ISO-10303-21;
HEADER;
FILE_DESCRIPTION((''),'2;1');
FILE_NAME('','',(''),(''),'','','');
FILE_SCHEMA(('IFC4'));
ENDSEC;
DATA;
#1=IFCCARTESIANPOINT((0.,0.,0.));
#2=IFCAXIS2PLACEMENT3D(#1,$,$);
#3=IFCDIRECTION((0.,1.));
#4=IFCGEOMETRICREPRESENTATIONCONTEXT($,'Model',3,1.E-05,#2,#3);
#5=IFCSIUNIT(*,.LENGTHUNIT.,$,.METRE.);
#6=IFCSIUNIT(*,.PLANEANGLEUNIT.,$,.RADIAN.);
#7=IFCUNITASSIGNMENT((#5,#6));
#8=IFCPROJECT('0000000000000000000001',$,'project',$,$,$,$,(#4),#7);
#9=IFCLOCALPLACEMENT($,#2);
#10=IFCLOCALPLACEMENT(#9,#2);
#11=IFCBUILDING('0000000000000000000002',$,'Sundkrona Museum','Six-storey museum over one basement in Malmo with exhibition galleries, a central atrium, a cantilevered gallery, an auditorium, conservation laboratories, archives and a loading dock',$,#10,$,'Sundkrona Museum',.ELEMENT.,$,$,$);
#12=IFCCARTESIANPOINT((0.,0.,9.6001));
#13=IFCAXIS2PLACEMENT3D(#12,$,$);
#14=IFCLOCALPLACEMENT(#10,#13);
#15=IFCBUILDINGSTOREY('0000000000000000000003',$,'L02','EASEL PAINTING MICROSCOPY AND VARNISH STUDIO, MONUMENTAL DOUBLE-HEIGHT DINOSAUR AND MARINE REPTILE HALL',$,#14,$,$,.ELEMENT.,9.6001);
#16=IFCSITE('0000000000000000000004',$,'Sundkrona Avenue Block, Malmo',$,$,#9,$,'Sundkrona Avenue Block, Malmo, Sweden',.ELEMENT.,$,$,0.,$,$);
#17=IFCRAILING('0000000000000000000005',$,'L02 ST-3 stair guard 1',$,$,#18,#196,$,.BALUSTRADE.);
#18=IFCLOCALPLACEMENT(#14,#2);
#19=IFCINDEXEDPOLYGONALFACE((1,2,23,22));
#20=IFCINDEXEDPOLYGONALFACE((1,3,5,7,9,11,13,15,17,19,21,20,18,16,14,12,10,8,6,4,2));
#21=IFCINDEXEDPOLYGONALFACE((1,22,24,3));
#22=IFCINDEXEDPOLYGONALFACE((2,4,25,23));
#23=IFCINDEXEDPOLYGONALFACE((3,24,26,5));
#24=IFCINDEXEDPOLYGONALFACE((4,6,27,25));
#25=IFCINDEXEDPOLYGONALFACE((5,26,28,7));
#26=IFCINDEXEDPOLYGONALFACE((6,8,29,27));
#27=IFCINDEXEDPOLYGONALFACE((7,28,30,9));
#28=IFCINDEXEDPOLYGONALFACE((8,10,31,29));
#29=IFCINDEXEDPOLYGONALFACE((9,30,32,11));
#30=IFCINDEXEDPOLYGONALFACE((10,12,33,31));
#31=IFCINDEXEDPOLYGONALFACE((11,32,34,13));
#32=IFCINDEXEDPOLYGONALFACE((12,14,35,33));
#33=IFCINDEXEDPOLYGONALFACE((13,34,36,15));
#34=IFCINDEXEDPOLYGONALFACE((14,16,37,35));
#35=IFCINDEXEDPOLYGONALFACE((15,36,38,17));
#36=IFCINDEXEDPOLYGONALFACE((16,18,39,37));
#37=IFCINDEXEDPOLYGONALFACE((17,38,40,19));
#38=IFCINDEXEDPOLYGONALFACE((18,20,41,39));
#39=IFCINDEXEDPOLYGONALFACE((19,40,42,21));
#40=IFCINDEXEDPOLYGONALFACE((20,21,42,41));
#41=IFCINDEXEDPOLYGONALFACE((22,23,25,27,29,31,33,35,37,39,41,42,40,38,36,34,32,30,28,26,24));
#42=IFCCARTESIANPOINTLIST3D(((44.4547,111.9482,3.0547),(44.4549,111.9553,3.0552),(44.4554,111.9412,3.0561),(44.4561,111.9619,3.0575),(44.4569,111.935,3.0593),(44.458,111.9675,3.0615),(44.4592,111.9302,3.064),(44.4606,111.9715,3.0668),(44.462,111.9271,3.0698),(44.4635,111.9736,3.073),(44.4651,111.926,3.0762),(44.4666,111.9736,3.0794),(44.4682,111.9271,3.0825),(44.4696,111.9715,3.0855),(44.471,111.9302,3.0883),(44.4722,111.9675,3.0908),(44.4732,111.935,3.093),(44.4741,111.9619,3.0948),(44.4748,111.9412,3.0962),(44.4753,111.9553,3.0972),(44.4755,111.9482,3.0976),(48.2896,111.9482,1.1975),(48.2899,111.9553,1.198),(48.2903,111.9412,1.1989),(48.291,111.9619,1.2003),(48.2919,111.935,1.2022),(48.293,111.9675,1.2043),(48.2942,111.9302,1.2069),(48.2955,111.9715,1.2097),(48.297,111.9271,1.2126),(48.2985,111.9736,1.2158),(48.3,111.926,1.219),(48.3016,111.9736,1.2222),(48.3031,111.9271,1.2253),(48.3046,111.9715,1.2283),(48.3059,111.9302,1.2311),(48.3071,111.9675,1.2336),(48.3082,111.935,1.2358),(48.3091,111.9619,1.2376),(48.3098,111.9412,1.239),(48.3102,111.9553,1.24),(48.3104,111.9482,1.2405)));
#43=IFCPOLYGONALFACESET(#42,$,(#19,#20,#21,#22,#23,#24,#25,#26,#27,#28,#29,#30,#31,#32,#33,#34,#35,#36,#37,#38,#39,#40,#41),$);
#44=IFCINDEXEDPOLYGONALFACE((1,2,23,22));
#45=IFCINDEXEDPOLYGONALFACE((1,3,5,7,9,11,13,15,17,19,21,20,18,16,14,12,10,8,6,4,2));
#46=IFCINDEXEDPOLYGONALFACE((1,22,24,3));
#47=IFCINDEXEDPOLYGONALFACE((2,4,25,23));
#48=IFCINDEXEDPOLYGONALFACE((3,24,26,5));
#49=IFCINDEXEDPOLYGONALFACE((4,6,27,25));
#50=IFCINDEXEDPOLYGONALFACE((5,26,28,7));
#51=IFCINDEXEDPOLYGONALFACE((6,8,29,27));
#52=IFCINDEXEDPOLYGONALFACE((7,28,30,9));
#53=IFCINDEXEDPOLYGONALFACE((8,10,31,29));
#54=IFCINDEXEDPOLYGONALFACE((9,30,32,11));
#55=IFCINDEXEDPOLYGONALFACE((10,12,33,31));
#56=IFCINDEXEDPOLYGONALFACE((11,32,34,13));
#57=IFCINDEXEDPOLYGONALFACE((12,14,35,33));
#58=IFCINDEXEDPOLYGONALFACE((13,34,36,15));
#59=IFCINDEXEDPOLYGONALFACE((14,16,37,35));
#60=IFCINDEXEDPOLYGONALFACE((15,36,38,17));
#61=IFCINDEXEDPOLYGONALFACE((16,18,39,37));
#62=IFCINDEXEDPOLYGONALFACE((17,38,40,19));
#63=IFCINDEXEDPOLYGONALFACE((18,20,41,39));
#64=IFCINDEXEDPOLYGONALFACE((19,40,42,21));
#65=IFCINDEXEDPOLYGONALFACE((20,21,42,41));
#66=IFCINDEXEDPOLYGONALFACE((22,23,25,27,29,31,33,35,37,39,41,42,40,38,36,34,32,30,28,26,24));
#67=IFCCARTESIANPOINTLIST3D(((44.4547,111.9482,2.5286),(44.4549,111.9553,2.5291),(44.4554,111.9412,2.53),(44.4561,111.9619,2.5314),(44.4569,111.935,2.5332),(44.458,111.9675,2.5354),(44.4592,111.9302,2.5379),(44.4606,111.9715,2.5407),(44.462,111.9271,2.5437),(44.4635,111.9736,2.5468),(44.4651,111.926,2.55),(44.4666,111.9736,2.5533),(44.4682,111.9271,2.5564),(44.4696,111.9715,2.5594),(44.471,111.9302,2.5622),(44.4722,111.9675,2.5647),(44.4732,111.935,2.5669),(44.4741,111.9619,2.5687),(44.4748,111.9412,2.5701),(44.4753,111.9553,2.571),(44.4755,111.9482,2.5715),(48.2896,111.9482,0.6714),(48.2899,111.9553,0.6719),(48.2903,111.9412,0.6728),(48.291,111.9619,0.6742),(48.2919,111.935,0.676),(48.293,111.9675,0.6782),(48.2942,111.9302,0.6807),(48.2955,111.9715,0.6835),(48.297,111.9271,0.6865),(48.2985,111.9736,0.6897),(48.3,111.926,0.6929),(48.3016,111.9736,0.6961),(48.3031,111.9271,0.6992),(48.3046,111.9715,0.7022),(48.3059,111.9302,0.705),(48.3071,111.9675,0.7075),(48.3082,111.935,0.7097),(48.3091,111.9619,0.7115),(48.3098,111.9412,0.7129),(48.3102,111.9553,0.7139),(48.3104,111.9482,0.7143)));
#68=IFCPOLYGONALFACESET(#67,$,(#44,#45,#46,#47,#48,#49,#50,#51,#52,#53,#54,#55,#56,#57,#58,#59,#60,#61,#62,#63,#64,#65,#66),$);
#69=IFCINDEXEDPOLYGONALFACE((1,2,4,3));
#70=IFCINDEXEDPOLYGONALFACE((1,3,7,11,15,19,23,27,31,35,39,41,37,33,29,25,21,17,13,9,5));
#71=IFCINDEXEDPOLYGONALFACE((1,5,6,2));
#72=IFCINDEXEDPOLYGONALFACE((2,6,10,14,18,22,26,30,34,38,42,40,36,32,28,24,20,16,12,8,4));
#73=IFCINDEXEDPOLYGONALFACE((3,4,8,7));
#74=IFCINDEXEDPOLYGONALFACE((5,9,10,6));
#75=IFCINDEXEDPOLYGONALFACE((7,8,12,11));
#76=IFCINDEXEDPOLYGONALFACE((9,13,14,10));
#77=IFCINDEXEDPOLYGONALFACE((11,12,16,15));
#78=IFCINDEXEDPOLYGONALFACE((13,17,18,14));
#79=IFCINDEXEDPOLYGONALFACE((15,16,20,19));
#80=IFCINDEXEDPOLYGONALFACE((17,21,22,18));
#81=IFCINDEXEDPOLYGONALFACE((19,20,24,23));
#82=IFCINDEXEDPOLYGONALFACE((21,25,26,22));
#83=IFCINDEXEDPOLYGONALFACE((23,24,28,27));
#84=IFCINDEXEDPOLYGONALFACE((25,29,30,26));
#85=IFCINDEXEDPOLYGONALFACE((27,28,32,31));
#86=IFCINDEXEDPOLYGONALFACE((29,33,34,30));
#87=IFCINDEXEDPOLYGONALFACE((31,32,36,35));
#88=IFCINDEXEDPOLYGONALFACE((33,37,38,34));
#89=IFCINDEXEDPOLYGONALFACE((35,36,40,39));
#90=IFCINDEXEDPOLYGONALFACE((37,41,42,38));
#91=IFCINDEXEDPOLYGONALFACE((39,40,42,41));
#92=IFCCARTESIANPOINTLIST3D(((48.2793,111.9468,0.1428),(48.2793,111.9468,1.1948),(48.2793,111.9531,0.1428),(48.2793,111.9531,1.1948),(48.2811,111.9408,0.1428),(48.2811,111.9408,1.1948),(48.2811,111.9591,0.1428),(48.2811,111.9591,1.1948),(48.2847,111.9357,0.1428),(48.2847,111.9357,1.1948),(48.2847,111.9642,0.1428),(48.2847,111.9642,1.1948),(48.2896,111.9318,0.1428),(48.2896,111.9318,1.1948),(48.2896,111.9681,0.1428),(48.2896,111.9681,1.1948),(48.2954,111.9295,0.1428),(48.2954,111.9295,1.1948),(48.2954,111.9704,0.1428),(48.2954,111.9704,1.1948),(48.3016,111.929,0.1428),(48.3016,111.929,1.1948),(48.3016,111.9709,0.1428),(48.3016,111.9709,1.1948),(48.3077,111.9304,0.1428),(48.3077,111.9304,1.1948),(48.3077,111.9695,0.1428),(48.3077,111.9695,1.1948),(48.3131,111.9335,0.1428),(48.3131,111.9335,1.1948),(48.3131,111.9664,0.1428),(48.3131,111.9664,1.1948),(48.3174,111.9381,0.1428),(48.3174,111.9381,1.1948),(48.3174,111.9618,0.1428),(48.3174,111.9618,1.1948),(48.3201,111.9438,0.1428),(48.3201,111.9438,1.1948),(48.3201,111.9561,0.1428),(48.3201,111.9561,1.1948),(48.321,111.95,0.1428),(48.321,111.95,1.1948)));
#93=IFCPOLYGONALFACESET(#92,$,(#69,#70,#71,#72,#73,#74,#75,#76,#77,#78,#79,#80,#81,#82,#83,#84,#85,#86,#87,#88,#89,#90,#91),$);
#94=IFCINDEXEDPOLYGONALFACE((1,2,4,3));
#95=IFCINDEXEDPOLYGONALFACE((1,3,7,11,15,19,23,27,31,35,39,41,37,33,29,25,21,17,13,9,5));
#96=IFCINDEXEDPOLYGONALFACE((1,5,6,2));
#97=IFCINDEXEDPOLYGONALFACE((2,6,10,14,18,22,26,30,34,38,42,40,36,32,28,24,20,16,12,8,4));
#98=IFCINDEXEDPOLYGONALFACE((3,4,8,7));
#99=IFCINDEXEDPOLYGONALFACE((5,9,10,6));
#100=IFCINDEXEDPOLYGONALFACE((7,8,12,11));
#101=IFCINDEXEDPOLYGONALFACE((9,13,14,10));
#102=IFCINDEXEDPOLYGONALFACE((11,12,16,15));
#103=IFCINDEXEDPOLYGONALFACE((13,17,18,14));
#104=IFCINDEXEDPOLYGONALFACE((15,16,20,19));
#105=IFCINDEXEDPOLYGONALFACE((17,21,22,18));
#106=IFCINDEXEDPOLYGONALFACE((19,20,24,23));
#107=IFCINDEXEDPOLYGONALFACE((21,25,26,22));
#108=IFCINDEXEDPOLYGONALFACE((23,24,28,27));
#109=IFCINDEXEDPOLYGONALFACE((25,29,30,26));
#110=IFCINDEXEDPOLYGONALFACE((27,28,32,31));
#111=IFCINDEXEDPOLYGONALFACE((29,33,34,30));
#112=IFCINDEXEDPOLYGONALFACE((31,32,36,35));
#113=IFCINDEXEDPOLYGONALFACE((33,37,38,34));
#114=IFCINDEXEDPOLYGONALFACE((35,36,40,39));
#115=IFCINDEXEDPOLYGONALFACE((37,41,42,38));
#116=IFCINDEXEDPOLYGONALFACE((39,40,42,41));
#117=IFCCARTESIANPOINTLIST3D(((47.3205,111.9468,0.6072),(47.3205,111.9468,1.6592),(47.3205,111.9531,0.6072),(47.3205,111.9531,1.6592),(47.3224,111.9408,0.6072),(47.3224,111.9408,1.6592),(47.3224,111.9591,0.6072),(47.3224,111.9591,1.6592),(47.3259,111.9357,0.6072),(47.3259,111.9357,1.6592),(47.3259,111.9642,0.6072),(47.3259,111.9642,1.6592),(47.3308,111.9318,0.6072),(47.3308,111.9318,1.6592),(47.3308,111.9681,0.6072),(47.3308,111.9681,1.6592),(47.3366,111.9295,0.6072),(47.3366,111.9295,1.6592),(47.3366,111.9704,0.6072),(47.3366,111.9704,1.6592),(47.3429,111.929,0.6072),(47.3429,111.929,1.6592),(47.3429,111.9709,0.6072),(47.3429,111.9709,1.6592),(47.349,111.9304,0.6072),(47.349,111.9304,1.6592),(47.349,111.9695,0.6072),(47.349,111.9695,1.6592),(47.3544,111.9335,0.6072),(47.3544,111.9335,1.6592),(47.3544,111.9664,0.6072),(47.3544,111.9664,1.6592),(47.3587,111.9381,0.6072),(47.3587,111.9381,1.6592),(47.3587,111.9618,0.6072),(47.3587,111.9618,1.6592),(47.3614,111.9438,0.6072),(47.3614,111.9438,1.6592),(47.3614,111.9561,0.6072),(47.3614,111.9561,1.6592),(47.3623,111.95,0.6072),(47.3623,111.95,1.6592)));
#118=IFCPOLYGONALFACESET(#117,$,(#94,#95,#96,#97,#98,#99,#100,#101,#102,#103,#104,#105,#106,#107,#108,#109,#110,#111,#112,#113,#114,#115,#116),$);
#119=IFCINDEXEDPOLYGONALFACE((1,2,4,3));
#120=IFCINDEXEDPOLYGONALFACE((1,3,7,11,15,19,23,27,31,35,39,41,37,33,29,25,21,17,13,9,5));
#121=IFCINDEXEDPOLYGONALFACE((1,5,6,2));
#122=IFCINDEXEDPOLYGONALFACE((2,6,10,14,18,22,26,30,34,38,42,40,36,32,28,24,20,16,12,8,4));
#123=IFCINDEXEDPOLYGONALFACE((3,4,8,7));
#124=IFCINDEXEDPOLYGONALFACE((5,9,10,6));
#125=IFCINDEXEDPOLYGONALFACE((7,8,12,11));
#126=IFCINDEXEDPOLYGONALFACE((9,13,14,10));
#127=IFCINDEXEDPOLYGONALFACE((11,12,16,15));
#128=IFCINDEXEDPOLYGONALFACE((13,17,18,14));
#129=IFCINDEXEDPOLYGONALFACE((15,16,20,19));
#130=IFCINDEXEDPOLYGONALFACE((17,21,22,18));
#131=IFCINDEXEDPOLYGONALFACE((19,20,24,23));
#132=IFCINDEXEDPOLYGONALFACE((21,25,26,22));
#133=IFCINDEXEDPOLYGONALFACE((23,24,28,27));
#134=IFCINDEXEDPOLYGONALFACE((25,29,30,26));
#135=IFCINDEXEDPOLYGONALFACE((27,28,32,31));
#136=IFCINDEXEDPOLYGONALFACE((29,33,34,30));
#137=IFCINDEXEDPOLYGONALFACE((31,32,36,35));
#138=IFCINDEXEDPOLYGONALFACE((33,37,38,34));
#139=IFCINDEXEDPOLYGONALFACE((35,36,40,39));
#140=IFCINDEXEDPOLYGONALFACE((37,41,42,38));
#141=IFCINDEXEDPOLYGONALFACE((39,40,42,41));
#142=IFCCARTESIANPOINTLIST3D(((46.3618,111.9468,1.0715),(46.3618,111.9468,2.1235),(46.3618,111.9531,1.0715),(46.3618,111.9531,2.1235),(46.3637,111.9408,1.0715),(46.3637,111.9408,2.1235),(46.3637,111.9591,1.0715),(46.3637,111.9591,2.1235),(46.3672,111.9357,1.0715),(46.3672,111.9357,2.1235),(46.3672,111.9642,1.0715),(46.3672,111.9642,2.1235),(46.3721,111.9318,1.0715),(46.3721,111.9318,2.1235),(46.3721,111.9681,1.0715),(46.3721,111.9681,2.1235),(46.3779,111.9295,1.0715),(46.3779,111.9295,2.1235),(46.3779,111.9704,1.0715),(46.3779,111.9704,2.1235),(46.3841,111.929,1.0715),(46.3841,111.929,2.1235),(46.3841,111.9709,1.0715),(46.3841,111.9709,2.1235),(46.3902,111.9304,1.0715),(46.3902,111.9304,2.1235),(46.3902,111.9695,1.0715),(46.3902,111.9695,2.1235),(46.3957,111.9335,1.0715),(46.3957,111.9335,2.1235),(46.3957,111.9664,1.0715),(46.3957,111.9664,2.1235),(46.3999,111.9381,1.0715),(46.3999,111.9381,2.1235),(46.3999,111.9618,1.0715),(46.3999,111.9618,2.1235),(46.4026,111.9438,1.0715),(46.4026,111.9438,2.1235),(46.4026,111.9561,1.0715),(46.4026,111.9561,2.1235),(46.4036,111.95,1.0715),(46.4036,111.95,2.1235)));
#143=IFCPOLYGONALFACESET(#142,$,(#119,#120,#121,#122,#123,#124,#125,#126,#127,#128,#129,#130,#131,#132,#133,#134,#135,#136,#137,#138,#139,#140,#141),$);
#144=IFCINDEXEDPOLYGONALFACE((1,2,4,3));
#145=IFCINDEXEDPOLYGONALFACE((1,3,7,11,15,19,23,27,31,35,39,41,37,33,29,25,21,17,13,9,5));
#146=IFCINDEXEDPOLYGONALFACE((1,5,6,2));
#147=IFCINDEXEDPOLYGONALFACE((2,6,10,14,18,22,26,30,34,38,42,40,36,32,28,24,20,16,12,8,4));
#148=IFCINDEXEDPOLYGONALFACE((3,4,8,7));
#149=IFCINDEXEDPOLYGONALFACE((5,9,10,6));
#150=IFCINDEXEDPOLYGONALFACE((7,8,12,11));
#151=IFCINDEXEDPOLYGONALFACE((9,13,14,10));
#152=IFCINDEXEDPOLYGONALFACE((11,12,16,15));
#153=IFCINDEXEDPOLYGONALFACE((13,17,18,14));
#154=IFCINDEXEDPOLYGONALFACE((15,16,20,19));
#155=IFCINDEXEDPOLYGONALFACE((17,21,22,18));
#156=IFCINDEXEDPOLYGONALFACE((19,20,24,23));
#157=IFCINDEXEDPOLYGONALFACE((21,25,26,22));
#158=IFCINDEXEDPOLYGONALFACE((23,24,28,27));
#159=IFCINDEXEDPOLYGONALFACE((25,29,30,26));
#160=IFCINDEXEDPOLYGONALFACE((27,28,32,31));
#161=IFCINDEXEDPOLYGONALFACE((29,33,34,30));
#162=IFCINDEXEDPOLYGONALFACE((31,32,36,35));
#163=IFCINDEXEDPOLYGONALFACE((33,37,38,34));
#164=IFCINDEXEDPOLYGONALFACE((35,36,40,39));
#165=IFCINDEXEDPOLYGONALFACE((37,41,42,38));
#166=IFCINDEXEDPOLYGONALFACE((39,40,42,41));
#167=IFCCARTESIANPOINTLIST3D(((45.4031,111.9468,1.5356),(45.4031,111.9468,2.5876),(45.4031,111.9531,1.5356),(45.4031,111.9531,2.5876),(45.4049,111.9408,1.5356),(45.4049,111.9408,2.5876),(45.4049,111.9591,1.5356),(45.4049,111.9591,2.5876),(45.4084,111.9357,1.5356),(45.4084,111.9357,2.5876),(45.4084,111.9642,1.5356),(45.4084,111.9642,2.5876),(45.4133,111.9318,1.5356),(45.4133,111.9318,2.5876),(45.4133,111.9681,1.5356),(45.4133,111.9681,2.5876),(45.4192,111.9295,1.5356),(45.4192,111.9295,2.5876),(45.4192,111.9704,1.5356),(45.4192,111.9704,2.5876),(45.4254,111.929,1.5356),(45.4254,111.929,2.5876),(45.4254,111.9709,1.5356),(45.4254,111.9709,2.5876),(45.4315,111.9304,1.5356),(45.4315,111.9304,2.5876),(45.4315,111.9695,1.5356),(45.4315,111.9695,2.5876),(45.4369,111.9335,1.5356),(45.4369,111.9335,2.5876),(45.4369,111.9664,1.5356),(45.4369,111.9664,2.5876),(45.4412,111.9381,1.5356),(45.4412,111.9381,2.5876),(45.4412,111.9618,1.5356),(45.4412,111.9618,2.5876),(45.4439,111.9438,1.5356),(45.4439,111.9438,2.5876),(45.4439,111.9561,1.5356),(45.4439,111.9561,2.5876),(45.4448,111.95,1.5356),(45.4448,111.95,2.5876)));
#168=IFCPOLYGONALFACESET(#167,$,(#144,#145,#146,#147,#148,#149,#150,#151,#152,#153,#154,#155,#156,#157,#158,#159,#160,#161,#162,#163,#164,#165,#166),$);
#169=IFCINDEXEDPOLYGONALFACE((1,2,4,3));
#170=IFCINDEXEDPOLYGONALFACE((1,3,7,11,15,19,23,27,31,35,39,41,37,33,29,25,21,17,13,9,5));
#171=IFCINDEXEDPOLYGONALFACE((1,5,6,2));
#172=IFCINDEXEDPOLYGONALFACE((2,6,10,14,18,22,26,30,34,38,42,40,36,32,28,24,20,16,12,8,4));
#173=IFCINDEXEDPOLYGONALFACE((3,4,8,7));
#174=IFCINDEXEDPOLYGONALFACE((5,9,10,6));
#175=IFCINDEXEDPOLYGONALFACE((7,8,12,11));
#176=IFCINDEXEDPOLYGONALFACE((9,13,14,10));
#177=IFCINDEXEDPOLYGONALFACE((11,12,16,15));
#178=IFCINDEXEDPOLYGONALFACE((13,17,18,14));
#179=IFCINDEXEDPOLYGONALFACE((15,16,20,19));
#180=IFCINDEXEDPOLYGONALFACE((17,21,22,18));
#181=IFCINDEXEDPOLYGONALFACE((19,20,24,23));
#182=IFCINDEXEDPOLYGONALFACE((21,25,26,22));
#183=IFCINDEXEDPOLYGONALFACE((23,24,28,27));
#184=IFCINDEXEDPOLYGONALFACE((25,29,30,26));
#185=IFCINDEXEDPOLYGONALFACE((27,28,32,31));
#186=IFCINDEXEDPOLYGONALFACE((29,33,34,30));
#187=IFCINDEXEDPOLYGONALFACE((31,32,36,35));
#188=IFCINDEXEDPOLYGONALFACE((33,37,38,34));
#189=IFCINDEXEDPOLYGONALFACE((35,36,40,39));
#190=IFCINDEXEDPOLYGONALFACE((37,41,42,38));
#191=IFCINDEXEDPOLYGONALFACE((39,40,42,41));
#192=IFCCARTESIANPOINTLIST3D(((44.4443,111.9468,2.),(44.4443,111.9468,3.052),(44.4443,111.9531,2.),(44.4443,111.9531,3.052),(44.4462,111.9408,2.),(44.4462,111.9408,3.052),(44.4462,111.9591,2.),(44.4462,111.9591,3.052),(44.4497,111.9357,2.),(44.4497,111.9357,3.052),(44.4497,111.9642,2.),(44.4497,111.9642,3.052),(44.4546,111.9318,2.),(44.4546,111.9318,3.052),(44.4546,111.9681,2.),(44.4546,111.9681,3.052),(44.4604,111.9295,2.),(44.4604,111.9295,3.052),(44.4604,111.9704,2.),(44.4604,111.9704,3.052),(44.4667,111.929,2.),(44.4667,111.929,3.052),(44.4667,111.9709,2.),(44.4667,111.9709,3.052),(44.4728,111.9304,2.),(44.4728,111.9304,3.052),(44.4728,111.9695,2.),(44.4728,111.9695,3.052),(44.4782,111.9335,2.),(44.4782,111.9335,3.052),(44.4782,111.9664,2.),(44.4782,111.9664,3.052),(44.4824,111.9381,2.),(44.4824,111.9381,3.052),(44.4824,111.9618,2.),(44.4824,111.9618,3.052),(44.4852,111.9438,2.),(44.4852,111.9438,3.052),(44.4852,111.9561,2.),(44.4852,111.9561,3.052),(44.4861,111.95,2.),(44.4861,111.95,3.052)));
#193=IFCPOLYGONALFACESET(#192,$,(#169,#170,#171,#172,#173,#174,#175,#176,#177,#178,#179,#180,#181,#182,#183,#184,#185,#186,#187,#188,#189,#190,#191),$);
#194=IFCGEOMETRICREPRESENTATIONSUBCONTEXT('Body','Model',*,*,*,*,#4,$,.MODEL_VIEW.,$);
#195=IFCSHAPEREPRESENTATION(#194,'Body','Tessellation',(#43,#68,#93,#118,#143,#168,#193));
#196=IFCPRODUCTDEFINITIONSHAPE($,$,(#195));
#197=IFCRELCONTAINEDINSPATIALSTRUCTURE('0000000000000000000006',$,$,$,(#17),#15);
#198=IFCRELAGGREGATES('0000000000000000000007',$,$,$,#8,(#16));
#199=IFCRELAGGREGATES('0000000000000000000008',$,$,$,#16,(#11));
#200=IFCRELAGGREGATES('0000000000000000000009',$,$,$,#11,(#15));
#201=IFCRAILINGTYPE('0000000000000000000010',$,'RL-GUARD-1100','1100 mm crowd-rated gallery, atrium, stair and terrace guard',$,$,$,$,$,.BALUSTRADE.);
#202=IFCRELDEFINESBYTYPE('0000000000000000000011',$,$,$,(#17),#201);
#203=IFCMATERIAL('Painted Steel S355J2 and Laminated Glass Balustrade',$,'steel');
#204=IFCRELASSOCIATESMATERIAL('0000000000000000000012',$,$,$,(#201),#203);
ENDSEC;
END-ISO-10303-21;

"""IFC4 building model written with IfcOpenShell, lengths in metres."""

from ifc_helpers import new_model, si_unit, direction, frame, origin, origin_2d, place, context, subcontext, project, spatial, circle, extrude, material, type_object, element, save


model = new_model("IFC4")

# Units and contexts
model_context = context("Model", 3, precision=1e-05, world=origin(), true_north=direction((0.0, 1.0)))
body_context = subcontext(model_context, "Body", "Model", "MODEL_VIEW")
ifc_project = project(units=[si_unit("LENGTHUNIT", "METRE"), si_unit("PLANEANGLEUNIT", "RADIAN")], contexts=[model_context])

# Site, building, storey
site_placement = place(None, origin())
site = spatial("IfcSite", under=ifc_project, at=site_placement, Name="Sundkrona Avenue Block, Malmo", LongName="Sundkrona Avenue Block, Malmo, Sweden", CompositionType="ELEMENT", RefElevation=0.0)
building_placement = place(site_placement, origin())
building = spatial("IfcBuilding", under=site, at=building_placement, Name="Sundkrona Museum", Description="Six-storey museum over one basement in Malmo with exhibition galleries, a central atrium, a cantilevered gallery, an auditorium, conservation laboratories, archives and a loading dock", LongName="Sundkrona Museum", CompositionType="ELEMENT")
storey_placement = place(building_placement, frame((0.0, 0.0, 9.6001)))
storey = spatial("IfcBuildingStorey", under=building, at=storey_placement, Name="L02", Description="EASEL PAINTING MICROSCOPY AND VARNISH STUDIO, MONUMENTAL DOUBLE-HEIGHT DINOSAUR AND MARINE REPTILE HALL", CompositionType="ELEMENT", Elevation=9.6001)

# Railing
ifc_material_1 = material(Name="Painted Steel S355J2 and Laminated Glass Balustrade", Category="steel")
railing_type_1 = type_object("IfcRailingType", Name="RL-GUARD-1100", Description="1100 mm crowd-rated gallery, atrium, stair and terrace guard", PredefinedType="BALUSTRADE", material=ifc_material_1)
railing_1_placement = place(storey_placement, frame((48.3, 111.95, 0.1428)))
element("IfcRailing", 1, at=railing_1_placement, inside=storey, type_object=railing_type_1, Name="L02 ST-3 stair guard 1", PredefinedType="BALUSTRADE", context=body_context, shape_type="SweptSolid", body=[
    extrude(circle(Radius=0.0239, at=origin_2d()), frame((0.0, 0.0, 1.0762), z_axis=(-0.900016, 0.0, 0.435856), x_axis=(0.0, -1.0, 0.0)), (0.0, 0.0, 1.0), 4.261),
    extrude(circle(Radius=0.0239, at=origin_2d()), frame((0.0, 0.0, 0.55), z_axis=(-0.900016, 0.0, 0.435856), x_axis=(0.0, -1.0, 0.0)), (0.0, 0.0, 1.0), 4.261),
    extrude(circle(Radius=0.021, at=origin_2d()), origin(), (0.0, 0.0, 1.0), 1.052),
    extrude(circle(Radius=0.021, at=origin_2d()), frame((-0.9587, 0.0, 0.4644)), (0.0, 0.0, 1.0), 1.052),
    extrude(circle(Radius=0.021, at=origin_2d()), frame((-1.9175, 0.0, 0.9287)), (0.0, 0.0, 1.0), 1.052),
    extrude(circle(Radius=0.021, at=origin_2d()), frame((-2.8762, 0.0, 1.3928)), (0.0, 0.0, 1.0), 1.052),
    extrude(circle(Radius=0.021, at=origin_2d()), frame((-3.835, 0.0, 1.8572)), (0.0, 0.0, 1.0), 1.052),
])

save(model, "model.ifc")
